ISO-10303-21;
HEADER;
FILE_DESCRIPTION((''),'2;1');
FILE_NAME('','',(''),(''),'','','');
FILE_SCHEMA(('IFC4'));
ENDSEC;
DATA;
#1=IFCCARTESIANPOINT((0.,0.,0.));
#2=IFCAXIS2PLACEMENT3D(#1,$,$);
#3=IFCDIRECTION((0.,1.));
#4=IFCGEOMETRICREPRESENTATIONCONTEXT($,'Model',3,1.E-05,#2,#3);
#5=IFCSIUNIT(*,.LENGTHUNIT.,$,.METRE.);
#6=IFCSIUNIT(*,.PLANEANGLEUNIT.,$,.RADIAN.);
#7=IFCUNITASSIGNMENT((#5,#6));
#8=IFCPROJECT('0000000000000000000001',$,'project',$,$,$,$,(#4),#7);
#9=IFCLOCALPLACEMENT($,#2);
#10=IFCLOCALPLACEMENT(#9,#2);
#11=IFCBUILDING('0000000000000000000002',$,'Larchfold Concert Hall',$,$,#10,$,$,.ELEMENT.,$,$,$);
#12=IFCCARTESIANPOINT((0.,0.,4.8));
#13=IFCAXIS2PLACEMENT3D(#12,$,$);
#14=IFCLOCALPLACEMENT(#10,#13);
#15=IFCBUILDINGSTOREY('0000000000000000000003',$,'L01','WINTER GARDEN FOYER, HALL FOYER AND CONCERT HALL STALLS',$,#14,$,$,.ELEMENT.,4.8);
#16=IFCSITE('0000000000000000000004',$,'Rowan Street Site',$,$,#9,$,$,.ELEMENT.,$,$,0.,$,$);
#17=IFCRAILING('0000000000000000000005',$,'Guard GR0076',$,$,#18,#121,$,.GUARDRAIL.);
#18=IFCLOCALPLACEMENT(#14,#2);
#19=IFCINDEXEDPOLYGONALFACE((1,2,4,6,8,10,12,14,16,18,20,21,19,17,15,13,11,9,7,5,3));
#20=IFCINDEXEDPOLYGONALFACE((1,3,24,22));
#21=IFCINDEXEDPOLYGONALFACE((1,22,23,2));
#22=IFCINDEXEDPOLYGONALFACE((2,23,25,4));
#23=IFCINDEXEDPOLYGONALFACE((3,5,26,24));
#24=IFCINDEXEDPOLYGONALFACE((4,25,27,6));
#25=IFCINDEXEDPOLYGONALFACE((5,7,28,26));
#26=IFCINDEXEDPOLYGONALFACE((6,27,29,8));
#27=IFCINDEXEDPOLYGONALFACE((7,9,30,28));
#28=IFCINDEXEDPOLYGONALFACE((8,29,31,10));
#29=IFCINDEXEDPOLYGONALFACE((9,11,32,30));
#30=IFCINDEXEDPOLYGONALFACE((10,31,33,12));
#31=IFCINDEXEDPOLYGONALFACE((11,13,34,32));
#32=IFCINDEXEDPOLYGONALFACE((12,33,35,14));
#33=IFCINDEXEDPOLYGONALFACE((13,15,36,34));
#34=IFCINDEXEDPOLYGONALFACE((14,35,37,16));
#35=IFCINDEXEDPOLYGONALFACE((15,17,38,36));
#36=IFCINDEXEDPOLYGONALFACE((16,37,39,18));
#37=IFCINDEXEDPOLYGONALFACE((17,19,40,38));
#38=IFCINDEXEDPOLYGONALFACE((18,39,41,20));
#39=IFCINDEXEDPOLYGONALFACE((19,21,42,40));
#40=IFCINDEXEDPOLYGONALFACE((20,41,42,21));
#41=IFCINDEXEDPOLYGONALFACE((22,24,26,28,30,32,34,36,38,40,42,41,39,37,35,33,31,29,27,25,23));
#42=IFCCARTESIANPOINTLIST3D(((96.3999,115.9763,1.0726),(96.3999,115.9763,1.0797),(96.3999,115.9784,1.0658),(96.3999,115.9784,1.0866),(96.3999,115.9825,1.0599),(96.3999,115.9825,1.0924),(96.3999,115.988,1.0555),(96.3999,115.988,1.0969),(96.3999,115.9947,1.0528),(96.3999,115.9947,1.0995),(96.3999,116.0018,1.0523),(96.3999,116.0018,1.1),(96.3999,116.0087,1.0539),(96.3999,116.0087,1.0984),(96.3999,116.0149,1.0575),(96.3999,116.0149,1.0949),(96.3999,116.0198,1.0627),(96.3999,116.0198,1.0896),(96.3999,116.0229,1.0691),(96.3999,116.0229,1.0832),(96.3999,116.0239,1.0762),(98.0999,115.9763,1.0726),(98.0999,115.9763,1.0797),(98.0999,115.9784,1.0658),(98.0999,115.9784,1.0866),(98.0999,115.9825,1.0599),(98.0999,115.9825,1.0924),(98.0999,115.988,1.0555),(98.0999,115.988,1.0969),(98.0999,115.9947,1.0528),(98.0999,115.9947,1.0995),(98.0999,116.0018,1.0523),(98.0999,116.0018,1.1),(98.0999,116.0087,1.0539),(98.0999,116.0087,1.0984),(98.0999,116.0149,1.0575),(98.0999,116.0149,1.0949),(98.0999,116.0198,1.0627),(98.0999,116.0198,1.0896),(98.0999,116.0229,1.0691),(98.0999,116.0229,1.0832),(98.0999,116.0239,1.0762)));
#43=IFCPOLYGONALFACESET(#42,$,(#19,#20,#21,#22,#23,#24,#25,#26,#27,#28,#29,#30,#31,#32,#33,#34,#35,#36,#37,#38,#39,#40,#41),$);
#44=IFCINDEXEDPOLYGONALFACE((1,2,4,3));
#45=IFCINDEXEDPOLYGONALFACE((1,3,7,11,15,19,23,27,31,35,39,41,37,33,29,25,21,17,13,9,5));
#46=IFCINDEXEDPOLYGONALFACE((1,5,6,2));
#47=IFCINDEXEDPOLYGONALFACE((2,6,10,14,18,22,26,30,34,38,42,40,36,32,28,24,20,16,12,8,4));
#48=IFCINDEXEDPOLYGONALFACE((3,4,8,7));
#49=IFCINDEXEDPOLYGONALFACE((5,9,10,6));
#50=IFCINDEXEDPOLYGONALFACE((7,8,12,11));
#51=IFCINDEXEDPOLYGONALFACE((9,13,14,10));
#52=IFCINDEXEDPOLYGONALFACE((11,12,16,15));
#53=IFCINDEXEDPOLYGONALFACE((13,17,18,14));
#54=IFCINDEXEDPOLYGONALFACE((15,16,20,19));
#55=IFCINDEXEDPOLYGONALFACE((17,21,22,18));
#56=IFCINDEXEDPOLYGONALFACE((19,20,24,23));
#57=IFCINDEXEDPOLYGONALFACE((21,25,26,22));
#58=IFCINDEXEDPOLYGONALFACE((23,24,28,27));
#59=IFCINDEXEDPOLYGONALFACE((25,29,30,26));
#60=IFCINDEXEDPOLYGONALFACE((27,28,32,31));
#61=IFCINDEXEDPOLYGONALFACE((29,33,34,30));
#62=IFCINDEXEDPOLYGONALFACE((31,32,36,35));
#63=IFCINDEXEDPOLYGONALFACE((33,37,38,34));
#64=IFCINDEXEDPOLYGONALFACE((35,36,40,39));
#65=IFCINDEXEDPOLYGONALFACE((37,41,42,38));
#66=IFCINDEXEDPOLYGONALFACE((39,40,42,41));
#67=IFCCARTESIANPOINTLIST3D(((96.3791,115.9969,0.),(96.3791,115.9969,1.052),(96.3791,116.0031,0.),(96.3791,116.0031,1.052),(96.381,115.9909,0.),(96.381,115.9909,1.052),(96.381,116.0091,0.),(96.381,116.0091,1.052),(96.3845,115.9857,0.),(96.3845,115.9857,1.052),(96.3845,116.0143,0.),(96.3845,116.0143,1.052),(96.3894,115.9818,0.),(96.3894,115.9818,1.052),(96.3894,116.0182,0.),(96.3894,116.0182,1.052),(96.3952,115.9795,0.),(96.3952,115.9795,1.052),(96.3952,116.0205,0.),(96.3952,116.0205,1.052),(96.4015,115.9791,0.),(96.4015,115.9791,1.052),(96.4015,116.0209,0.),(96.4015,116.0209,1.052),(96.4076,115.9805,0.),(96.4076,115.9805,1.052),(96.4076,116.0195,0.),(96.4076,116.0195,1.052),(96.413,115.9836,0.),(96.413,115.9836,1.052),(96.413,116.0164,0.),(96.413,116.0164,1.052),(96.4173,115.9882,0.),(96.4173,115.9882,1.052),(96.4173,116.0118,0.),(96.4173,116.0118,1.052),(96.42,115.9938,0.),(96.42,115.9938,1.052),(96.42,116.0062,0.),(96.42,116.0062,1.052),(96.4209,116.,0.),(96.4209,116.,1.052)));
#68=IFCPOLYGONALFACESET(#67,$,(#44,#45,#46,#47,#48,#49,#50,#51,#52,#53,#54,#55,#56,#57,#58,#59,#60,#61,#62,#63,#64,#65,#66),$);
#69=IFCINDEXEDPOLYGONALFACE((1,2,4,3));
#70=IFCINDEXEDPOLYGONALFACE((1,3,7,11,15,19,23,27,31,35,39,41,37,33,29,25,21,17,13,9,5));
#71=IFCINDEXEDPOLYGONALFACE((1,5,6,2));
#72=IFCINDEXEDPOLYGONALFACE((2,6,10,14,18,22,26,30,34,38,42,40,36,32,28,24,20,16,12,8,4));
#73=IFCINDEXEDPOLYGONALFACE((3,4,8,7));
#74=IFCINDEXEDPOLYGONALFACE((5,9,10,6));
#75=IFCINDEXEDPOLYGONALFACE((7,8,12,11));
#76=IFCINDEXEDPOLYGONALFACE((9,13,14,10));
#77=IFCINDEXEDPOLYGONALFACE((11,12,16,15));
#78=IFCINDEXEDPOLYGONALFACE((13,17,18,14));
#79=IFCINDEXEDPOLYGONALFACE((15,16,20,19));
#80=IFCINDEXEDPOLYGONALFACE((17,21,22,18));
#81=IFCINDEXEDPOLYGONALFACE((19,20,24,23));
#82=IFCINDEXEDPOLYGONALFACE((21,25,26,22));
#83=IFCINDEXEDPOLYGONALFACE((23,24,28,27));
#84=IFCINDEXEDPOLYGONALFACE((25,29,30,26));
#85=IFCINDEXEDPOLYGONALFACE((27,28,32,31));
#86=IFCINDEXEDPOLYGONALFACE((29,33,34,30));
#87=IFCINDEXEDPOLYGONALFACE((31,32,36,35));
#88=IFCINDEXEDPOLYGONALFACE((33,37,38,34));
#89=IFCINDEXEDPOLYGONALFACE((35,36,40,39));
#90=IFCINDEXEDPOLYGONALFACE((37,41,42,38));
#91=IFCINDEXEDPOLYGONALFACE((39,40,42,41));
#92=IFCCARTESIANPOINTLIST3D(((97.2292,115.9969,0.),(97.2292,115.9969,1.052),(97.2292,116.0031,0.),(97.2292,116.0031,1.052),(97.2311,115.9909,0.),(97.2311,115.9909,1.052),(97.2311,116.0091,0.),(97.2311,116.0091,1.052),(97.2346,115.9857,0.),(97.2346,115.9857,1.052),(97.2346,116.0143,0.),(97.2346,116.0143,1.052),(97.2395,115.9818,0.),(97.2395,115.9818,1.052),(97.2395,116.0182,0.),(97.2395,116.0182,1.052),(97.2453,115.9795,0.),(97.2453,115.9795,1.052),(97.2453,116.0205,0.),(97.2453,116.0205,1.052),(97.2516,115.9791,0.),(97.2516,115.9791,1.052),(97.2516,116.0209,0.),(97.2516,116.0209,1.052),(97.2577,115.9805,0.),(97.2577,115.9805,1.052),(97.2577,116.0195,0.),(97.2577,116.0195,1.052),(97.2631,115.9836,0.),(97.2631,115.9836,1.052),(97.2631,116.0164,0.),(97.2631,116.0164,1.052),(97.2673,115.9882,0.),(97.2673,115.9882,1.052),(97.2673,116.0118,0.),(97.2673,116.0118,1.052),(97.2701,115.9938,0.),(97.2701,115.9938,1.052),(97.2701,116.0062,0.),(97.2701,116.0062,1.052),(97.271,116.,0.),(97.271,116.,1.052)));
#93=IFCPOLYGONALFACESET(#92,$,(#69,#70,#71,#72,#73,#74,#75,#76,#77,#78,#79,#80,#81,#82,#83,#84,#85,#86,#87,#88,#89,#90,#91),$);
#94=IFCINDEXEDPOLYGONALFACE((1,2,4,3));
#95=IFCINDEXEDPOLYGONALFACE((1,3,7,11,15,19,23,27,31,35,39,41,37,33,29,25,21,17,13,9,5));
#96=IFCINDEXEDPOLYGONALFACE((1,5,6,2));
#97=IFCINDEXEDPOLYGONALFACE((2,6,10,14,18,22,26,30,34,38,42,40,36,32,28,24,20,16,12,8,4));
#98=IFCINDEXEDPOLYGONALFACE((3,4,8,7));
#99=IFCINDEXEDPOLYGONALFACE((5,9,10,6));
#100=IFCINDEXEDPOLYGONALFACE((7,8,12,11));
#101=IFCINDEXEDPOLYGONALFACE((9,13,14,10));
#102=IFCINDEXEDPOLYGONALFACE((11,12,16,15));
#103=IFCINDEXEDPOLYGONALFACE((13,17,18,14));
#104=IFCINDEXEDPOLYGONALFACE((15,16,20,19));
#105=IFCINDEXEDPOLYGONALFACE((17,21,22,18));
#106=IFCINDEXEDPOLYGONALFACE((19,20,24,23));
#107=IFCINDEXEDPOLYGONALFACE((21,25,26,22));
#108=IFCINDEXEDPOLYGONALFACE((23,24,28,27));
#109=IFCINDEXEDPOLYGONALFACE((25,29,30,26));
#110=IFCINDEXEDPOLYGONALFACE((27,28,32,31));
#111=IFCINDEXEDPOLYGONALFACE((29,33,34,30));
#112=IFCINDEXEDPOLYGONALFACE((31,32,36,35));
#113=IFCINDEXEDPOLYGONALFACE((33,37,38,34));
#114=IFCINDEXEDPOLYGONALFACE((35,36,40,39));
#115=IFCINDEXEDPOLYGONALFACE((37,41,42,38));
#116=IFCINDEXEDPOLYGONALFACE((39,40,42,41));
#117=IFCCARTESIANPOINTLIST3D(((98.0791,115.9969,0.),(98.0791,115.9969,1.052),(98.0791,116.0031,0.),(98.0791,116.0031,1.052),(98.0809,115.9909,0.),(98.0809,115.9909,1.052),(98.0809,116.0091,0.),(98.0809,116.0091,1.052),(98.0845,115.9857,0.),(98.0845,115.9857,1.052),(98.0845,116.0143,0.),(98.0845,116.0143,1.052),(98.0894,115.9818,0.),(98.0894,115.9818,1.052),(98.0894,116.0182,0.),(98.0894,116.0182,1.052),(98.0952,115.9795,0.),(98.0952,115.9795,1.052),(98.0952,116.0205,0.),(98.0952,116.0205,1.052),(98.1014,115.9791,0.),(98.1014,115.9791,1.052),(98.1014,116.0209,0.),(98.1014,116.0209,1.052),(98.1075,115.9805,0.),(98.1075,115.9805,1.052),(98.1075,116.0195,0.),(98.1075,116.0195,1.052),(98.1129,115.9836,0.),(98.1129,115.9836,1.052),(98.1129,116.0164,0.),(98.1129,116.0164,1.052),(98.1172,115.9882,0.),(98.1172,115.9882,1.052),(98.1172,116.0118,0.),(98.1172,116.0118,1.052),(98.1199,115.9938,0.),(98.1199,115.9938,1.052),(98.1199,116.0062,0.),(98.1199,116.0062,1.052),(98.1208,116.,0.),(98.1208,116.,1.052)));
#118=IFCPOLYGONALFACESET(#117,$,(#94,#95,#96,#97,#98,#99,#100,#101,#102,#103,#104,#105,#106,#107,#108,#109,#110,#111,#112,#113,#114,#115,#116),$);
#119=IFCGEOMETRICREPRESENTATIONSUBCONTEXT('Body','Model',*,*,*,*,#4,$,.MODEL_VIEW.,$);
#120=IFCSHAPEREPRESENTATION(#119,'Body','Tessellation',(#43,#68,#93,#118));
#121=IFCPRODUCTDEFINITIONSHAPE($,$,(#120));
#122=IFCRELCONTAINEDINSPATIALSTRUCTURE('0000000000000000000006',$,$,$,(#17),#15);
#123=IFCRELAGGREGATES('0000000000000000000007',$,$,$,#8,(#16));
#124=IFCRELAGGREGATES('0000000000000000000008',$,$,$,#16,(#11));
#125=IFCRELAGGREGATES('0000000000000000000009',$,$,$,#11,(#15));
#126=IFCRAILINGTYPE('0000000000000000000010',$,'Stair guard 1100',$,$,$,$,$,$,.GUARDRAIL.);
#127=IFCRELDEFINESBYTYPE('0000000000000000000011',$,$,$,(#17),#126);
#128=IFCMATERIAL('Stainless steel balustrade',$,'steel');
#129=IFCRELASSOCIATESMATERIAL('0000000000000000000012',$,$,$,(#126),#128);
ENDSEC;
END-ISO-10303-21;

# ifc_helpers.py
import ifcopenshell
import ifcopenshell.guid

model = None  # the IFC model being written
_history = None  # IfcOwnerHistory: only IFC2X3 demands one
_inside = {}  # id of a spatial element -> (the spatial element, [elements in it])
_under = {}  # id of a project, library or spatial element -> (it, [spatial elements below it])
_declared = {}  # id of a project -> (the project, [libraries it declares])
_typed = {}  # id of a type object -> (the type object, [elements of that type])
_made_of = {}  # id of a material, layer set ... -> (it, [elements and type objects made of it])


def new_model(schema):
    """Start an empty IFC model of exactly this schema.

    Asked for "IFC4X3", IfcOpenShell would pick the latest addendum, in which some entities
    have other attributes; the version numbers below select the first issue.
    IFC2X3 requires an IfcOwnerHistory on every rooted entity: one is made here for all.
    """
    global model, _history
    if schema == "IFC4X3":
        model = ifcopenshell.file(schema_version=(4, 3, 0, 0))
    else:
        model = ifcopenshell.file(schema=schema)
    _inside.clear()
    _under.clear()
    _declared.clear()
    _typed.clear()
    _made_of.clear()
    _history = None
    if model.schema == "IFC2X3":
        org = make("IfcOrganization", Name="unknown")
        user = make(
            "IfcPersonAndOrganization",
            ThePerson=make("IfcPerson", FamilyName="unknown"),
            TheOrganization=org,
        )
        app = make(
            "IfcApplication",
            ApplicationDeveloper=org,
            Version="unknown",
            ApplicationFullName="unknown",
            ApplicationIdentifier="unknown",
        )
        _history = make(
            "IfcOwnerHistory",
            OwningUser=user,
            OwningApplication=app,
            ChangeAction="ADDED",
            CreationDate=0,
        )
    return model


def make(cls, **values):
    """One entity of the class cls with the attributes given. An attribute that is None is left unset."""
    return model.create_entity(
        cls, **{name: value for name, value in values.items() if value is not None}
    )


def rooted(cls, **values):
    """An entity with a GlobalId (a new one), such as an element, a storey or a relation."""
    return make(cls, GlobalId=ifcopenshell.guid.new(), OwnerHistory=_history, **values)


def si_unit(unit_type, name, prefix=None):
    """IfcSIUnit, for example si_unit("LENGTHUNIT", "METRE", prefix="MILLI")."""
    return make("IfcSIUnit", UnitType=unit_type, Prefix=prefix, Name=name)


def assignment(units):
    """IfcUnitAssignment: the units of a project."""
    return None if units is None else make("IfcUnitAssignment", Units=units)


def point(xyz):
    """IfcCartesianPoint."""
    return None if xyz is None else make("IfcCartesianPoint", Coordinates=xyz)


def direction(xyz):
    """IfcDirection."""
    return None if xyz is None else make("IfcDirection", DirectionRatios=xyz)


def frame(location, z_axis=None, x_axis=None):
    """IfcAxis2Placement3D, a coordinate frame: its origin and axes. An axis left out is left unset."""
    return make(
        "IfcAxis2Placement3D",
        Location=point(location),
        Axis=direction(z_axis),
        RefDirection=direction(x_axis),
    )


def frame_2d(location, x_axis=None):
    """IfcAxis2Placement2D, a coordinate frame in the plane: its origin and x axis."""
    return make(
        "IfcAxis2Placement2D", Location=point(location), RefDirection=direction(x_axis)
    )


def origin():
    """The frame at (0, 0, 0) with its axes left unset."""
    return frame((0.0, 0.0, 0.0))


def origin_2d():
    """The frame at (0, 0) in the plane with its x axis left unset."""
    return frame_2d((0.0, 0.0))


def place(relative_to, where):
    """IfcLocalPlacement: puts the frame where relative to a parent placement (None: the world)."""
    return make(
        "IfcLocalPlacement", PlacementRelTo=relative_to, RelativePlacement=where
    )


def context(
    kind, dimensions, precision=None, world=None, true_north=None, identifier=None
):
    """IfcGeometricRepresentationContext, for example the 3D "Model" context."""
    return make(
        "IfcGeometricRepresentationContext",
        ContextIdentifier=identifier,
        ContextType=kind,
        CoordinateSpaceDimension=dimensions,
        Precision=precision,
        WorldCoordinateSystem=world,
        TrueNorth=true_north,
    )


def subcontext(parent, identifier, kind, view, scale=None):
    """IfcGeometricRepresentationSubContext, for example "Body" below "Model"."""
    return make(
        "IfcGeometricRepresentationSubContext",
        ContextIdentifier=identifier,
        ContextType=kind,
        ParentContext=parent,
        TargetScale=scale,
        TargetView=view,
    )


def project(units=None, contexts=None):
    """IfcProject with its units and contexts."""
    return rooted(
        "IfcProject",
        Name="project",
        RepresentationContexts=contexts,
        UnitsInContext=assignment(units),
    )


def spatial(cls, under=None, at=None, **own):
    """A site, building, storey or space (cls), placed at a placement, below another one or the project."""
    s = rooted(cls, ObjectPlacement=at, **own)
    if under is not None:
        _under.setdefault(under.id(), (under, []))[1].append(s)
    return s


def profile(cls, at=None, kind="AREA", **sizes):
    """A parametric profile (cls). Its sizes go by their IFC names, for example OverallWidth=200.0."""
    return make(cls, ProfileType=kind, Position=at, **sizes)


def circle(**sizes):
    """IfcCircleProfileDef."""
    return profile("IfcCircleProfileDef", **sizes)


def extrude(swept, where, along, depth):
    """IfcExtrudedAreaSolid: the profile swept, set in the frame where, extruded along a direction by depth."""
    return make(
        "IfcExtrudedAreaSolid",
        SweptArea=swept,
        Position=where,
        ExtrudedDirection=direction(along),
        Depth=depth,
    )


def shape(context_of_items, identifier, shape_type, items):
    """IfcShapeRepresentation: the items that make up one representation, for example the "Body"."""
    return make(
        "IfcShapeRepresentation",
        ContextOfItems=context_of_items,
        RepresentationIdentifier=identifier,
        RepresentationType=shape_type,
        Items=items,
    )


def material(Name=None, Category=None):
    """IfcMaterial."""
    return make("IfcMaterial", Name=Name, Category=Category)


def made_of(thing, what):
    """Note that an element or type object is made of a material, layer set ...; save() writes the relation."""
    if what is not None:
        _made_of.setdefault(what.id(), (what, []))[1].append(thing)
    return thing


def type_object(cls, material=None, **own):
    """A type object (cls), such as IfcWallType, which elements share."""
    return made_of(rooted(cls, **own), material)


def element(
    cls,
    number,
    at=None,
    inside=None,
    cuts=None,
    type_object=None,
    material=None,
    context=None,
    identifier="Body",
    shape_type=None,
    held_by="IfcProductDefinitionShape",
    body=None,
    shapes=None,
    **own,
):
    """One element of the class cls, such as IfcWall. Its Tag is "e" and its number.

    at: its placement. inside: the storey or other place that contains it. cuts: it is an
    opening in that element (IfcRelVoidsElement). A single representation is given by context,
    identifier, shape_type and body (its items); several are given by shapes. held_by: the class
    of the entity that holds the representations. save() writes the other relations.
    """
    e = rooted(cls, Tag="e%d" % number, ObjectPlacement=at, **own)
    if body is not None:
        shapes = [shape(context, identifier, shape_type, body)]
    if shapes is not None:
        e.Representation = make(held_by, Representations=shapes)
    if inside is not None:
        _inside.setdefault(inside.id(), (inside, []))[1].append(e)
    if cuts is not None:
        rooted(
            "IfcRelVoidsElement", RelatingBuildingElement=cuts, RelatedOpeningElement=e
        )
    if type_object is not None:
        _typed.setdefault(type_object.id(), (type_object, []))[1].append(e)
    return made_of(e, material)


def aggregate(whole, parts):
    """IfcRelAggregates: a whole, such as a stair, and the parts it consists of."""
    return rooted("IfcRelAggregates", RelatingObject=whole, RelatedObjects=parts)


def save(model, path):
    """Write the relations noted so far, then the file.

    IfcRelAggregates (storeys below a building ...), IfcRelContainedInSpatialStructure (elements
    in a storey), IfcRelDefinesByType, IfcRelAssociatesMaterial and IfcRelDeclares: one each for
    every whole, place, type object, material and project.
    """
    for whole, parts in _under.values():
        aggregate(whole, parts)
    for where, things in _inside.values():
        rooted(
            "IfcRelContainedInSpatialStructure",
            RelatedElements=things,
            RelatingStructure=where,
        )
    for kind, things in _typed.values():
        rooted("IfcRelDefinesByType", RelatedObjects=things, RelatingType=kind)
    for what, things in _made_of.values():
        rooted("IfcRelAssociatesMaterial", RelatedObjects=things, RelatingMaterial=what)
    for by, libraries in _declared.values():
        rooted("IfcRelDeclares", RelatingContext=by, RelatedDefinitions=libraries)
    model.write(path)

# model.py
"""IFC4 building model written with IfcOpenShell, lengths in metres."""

from ifc_helpers import new_model, si_unit, direction, frame, origin, origin_2d, place, context, subcontext, project, spatial, circle, extrude, material, type_object, element, save


model = new_model("IFC4")

# Units and contexts
model_context = context("Model", 3, precision=1e-05, world=origin(), true_north=direction((0.0, 1.0)))
body_context = subcontext(model_context, "Body", "Model", "MODEL_VIEW")
ifc_project = project(units=[si_unit("LENGTHUNIT", "METRE"), si_unit("PLANEANGLEUNIT", "RADIAN")], contexts=[model_context])

# Site, building, storey
site_placement = place(None, origin())
site = spatial("IfcSite", under=ifc_project, at=site_placement, Name="Rowan Street Site", CompositionType="ELEMENT", RefElevation=0.0)
building_placement = place(site_placement, origin())
building = spatial("IfcBuilding", under=site, at=building_placement, Name="Larchfold Concert Hall", CompositionType="ELEMENT")
storey_placement = place(building_placement, frame((0.0, 0.0, 4.8)))
storey = spatial("IfcBuildingStorey", under=building, at=storey_placement, Name="L01", Description="WINTER GARDEN FOYER, HALL FOYER AND CONCERT HALL STALLS", CompositionType="ELEMENT", Elevation=4.8)

# Railing
ifc_material_1 = material(Name="Stainless steel balustrade", Category="steel")
railing_type = type_object("IfcRailingType", Name="Stair guard 1100", PredefinedType="GUARDRAIL", material=ifc_material_1)
railing_placement = place(storey_placement, frame((96.3999, 116.0, 0.0)))
element("IfcRailing", 1, at=railing_placement, inside=storey, type_object=railing_type, Name="Guard GR0076", PredefinedType="GUARDRAIL", context=body_context, shape_type="SweptSolid", body=[
    extrude(circle(Radius=0.0239, at=origin_2d()), frame((0.0, 0.0, 1.0762), z_axis=(1.0, 0.0, 0.0), x_axis=(0.0, 1.0, 0.0)), (0.0, 0.0, 1.0), 1.7),
    extrude(circle(Radius=0.021, at=origin_2d()), origin(), (0.0, 0.0, 1.0), 1.052),
    extrude(circle(Radius=0.021, at=origin_2d()), frame((0.8501, 0.0, 0.0)), (0.0, 0.0, 1.0), 1.052),
    extrude(circle(Radius=0.021, at=origin_2d()), frame((1.7, 0.0, 0.0)), (0.0, 0.0, 1.0), 1.052),
])

save(model, "model.ifc")
